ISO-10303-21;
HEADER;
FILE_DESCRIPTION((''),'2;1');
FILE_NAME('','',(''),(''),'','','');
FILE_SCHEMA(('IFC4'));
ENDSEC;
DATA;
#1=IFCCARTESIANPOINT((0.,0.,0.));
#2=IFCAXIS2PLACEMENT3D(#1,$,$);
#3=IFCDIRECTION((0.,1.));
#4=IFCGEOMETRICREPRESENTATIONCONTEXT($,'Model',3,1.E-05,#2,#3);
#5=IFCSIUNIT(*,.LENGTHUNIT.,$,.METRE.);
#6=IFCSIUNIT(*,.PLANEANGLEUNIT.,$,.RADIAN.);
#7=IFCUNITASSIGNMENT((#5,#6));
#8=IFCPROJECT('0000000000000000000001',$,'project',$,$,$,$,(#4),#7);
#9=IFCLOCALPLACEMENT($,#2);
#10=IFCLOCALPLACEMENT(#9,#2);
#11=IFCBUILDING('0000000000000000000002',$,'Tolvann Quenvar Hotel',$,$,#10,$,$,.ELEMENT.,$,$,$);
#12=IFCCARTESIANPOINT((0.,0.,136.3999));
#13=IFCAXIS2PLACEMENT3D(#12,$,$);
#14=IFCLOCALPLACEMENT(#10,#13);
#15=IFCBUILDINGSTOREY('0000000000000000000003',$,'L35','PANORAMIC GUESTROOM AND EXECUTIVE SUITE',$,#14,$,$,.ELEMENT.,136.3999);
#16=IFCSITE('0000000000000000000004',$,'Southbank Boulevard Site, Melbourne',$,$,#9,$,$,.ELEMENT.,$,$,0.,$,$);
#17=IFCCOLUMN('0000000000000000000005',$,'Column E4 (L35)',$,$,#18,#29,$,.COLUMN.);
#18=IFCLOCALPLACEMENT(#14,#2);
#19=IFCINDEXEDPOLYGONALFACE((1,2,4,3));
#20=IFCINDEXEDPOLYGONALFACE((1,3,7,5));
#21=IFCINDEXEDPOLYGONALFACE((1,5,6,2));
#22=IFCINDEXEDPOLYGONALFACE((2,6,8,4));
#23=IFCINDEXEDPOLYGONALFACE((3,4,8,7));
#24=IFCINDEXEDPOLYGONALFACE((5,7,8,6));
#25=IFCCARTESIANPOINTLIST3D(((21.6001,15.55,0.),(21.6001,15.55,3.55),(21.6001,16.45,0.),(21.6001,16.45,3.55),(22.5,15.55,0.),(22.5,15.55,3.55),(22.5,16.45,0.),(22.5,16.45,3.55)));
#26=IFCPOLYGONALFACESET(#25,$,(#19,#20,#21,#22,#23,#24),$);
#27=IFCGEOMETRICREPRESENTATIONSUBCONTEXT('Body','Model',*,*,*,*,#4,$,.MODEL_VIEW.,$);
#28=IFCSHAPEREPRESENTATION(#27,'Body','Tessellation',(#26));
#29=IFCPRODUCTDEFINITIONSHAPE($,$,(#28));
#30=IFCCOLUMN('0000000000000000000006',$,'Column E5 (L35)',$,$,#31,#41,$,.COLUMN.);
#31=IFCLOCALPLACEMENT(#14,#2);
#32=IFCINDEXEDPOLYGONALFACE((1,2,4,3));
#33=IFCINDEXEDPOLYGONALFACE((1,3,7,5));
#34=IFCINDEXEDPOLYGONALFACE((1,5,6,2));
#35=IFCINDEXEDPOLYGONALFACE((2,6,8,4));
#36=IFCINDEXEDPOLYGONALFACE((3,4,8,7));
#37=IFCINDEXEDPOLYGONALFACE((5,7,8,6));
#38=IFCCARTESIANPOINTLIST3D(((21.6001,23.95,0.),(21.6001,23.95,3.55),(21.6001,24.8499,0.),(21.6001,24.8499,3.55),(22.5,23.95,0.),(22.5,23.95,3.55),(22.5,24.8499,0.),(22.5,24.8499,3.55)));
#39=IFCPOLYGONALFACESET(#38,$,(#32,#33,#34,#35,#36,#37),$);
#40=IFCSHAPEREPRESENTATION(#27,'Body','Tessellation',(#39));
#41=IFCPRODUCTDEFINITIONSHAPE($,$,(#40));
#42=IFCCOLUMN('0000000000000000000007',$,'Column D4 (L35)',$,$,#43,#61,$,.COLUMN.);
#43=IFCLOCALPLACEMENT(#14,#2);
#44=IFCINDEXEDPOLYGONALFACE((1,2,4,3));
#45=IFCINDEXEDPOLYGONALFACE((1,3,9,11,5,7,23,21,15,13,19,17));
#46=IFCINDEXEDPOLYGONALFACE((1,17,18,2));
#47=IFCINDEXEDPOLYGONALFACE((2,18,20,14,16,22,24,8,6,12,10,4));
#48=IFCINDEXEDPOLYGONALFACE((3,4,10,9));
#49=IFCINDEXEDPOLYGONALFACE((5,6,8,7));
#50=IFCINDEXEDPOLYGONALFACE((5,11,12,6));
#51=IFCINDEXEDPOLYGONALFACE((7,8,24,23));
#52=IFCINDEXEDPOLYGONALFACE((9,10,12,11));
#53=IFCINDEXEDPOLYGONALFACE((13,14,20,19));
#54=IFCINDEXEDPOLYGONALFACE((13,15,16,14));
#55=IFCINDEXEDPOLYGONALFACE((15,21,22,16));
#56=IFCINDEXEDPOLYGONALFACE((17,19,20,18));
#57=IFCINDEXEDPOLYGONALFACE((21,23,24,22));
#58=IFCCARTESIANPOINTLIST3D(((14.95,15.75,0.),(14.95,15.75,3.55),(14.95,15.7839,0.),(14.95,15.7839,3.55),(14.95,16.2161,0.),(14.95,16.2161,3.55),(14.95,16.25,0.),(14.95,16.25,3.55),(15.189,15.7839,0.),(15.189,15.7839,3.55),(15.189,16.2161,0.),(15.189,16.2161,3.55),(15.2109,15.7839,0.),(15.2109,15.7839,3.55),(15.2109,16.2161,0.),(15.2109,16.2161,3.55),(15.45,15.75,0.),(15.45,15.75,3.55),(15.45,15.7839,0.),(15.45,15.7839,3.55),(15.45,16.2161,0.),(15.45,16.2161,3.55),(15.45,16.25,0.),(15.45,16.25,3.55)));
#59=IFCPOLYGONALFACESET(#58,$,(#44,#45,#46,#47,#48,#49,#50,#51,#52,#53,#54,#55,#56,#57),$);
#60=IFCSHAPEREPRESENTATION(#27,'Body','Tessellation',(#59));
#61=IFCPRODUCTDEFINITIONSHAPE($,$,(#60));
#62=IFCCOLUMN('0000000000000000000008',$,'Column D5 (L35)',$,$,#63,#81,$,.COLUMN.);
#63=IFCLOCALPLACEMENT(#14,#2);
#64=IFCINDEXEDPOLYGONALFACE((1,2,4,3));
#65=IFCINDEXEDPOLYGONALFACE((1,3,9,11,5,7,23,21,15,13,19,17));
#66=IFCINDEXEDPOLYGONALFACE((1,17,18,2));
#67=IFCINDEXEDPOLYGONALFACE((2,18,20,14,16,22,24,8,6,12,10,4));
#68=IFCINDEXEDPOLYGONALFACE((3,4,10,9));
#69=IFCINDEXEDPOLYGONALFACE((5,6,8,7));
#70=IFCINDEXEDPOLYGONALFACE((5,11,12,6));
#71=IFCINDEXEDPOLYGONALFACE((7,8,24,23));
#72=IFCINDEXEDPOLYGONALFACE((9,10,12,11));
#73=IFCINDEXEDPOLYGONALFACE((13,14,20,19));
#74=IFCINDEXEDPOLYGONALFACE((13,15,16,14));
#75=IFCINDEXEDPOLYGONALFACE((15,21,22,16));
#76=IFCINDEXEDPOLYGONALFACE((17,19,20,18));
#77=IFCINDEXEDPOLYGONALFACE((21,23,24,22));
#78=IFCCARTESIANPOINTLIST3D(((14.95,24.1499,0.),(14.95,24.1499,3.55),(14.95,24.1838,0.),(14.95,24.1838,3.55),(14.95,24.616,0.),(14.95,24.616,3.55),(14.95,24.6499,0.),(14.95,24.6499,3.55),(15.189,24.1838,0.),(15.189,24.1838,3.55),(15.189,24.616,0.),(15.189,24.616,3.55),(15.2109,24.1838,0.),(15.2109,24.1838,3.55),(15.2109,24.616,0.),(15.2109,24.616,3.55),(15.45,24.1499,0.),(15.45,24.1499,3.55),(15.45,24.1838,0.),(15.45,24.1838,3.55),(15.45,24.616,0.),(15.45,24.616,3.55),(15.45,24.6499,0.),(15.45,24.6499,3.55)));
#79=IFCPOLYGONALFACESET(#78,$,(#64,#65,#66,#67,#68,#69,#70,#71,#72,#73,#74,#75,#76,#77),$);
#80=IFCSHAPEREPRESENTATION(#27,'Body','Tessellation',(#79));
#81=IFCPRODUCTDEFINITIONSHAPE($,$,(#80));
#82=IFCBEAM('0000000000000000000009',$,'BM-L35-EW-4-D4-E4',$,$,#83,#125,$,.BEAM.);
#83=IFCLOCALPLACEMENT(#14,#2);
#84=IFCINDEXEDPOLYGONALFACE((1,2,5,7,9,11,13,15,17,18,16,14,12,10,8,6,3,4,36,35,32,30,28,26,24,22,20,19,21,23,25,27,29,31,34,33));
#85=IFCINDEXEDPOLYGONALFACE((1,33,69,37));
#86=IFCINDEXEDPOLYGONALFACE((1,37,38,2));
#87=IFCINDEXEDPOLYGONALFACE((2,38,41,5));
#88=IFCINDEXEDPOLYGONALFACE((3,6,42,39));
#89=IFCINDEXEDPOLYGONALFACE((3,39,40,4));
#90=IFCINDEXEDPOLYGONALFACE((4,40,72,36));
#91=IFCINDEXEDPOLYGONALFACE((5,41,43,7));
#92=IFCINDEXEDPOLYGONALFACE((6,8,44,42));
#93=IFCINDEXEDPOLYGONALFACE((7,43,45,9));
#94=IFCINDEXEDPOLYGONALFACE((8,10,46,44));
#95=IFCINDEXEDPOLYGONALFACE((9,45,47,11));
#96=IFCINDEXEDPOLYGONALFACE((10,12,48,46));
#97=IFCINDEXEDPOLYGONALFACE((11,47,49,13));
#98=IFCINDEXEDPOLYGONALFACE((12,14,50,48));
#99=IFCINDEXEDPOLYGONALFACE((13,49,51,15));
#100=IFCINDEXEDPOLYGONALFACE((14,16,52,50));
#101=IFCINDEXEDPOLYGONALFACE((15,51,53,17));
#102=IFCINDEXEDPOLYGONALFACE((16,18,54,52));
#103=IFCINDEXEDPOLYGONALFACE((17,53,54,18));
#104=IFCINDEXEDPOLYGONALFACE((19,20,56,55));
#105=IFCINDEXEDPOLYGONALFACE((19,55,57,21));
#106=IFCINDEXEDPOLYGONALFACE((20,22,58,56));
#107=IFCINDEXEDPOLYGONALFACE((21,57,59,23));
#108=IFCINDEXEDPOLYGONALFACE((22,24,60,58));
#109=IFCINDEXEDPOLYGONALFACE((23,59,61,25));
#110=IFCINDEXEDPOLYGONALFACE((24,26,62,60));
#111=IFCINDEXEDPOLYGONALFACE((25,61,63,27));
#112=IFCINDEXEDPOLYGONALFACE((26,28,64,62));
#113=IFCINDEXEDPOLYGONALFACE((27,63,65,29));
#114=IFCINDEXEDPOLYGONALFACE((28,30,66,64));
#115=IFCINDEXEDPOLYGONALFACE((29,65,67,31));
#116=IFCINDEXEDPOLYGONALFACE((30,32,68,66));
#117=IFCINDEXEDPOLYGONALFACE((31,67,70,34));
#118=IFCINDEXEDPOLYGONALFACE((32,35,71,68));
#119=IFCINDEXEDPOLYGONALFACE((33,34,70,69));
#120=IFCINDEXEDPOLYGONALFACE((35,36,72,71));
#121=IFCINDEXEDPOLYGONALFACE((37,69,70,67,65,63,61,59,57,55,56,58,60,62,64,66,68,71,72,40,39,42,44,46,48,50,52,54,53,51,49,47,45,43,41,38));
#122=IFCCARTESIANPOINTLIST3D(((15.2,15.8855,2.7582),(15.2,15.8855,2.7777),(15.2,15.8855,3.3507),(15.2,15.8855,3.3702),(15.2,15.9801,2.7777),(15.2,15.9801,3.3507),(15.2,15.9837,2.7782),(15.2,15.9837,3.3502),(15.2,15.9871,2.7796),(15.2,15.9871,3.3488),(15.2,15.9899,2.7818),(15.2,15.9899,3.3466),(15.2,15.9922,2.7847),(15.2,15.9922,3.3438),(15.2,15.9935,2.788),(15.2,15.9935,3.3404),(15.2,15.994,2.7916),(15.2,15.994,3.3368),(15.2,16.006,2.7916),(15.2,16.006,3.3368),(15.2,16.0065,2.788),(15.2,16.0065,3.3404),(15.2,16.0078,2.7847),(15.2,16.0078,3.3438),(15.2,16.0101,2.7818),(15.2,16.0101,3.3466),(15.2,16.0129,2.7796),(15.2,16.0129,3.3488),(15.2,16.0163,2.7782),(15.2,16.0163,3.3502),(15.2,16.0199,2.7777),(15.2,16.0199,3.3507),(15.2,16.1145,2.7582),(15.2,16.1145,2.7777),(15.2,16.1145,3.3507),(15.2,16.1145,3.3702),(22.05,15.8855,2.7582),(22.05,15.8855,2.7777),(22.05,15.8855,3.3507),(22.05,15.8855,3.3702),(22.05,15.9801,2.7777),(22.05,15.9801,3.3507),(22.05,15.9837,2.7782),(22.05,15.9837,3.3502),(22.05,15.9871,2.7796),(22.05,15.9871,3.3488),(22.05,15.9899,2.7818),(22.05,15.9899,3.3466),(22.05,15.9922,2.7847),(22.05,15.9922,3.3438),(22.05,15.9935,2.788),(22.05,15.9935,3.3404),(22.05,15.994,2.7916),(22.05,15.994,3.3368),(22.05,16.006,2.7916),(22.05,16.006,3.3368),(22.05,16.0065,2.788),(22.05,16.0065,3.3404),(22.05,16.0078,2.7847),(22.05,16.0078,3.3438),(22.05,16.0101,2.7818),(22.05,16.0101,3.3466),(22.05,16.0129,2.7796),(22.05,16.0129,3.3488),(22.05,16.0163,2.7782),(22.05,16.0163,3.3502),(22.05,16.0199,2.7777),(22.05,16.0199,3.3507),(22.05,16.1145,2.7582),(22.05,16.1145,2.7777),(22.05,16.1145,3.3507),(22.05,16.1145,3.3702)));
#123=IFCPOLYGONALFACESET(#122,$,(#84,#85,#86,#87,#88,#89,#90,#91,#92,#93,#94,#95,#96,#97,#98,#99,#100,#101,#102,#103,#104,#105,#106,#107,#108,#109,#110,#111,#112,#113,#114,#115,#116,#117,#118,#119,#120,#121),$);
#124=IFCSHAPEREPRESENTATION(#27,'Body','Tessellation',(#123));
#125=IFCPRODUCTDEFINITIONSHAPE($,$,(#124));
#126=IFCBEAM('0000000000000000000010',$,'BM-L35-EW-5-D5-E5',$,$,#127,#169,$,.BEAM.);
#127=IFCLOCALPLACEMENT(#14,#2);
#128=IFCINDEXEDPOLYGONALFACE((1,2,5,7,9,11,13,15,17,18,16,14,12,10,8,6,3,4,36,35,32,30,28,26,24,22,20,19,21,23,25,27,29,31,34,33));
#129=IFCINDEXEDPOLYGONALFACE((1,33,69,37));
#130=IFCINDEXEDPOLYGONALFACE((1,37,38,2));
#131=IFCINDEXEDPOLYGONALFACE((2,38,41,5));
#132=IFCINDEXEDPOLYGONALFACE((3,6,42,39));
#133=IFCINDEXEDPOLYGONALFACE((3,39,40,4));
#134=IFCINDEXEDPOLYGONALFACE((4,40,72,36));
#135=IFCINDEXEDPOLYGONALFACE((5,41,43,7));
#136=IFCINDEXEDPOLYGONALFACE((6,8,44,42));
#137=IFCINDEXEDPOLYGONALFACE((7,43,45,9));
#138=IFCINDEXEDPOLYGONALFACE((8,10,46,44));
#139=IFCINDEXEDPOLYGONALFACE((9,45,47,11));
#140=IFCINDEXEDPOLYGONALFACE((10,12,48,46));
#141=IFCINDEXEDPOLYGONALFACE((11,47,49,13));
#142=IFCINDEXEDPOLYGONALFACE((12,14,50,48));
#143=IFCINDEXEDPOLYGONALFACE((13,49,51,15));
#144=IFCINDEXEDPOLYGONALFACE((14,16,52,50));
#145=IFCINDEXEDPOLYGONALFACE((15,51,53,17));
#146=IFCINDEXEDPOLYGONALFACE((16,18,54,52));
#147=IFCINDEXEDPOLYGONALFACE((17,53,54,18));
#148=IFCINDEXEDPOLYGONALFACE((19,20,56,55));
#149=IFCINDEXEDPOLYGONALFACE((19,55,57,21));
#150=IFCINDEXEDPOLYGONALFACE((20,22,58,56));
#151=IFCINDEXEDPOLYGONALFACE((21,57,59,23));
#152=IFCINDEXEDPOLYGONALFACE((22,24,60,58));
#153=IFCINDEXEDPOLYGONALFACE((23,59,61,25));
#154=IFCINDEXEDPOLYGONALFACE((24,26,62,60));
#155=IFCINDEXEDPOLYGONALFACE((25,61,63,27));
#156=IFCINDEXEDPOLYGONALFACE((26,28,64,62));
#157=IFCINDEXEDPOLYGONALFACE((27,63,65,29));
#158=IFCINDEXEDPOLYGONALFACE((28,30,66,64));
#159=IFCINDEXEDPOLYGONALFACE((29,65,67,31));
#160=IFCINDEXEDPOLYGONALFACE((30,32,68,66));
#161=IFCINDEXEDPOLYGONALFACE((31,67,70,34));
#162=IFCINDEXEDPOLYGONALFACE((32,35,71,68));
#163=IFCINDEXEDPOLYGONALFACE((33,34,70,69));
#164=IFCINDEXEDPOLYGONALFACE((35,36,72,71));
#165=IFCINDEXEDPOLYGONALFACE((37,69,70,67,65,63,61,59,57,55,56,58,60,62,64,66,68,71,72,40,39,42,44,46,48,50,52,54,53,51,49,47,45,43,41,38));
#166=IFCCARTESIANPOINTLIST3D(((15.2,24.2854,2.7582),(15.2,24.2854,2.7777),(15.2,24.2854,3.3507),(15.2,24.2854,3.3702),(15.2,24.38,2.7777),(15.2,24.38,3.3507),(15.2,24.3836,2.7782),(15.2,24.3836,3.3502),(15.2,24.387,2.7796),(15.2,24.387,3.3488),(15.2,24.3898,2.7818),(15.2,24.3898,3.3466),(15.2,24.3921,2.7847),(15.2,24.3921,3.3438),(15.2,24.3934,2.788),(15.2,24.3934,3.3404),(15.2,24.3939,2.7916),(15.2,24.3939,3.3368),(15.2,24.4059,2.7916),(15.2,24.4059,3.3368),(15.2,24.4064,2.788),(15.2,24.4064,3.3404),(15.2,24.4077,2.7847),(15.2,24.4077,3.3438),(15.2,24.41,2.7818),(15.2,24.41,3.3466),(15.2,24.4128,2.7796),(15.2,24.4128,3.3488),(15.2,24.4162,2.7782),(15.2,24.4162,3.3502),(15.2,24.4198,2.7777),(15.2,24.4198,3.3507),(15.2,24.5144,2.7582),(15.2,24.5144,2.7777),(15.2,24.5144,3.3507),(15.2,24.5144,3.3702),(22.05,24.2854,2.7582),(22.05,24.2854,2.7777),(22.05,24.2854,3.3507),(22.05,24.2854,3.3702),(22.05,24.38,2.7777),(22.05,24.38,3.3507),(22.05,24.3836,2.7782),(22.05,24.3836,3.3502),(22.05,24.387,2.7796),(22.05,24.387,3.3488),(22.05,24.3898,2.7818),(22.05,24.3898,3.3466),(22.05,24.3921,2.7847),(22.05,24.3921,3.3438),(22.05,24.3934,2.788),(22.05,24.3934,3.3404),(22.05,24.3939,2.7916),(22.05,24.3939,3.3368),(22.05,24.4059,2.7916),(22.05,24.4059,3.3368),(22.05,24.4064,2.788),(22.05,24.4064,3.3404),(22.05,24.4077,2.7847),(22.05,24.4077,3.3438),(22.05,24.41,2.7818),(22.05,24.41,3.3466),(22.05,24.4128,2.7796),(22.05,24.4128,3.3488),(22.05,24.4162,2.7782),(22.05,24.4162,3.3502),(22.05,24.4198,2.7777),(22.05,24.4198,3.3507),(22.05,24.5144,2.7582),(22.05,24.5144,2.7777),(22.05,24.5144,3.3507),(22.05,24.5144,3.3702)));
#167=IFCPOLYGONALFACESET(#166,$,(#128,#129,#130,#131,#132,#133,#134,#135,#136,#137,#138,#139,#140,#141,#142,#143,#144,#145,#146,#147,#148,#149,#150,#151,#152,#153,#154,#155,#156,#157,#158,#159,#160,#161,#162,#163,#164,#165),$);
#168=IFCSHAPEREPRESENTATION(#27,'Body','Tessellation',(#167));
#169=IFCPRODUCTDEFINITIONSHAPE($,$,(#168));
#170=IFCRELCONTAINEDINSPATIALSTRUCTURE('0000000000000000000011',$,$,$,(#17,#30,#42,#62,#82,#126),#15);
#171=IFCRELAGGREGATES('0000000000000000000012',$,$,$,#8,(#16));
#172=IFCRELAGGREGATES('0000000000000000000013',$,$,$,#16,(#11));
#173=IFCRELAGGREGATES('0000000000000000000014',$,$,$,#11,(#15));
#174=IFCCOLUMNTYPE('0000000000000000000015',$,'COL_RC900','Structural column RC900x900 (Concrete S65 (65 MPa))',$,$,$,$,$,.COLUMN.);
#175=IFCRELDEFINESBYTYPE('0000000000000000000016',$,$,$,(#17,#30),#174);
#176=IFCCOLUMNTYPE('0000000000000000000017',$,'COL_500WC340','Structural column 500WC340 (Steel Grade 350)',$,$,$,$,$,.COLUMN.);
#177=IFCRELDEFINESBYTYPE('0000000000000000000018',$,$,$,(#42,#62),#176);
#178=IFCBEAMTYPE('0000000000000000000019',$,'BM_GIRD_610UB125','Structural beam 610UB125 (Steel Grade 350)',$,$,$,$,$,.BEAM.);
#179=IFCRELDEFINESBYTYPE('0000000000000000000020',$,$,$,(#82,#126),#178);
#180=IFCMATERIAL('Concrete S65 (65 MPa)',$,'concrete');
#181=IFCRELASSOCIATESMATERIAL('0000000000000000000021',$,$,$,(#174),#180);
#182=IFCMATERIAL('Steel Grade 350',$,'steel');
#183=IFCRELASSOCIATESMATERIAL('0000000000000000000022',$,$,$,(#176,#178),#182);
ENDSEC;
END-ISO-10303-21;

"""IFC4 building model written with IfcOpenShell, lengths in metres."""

from ifc_helpers import new_model, si_unit, direction, frame, origin, origin_2d, place, context, subcontext, project, spatial, rectangle, i_section, extrude, source, transform, mapped, material, material_profile, profile_set, type_object, type_shapes, element, save


model = new_model("IFC4")

# Units and contexts
model_context = context("Model", 3, precision=1e-05, world=origin(), true_north=direction((0.0, 1.0)))
body_context = subcontext(model_context, "Body", "Model", "MODEL_VIEW")
ifc_project = project(units=[si_unit("LENGTHUNIT", "METRE"), si_unit("PLANEANGLEUNIT", "RADIAN")], contexts=[model_context])

# Site, building, storey
site_placement = place(None, origin())
site = spatial("IfcSite", under=ifc_project, at=site_placement, Name="Southbank Boulevard Site, Melbourne", CompositionType="ELEMENT", RefElevation=0.0)
building_placement = place(site_placement, origin())
building = spatial("IfcBuilding", under=site, at=building_placement, Name="Tolvann Quenvar Hotel", CompositionType="ELEMENT")
storey_placement = place(building_placement, frame((0.0, 0.0, 136.3999)))
storey = spatial("IfcBuildingStorey", under=building, at=storey_placement, Name="L35", Description="PANORAMIC GUESTROOM AND EXECUTIVE SUITE", CompositionType="ELEMENT", Elevation=136.3999)

# Columns
ifc_material_1 = material(Name="Concrete S65 (65 MPa)", Category="concrete")
ifc_material_profile_1 = material_profile(ifc_material_1, rectangle(XDim=0.8999, YDim=0.8999, at=origin_2d()), Name="RC900x900")
ifc_profile_set_1 = profile_set([ifc_material_profile_1], Name="Concrete S65 (65 MPa)")
column_type_1 = type_object("IfcColumnType", Name="COL_RC900", Description="Structural column RC900x900 (Concrete S65 (65 MPa))", PredefinedType="COLUMN", material=ifc_profile_set_1)
shared_shape_1 = source(origin(), body_context, "Body", "SweptSolid", [
    extrude(rectangle(XDim=0.8999, YDim=0.8999, at=origin_2d()), origin(), (0.0, 0.0, 1.0), 3.55),
])
type_shapes(column_type_1, [shared_shape_1])
for number, where, z_axis, x_axis, name in (
    (1, (22.05, 16.0, 0.0), (0.0, 0.0, 1.0), (1.0, 0.0, 0.0), "Column E4 (L35)"),
    (2, (22.05, 24.3999, 0.0), (0.0, 0.0, 1.0), (1.0, 0.0, 0.0), "Column E5 (L35)"),
):
    element("IfcColumn", number, at=place(storey_placement, frame(where, z_axis=z_axis, x_axis=x_axis)), inside=storey, type_object=column_type_1, Name=name, PredefinedType="COLUMN", context=body_context, shape_type="MappedRepresentation", body=[
        mapped(shared_shape_1, transform((0.0, 0.0, 0.0), x_axis=(1.0, 0.0, 0.0), y_axis=(0.0, 1.0, 0.0), z_axis=(0.0, 0.0, 1.0), scale=1.0)),
    ])
ifc_material_2 = material(Name="Steel Grade 350", Category="steel")
ifc_material_profile_2 = material_profile(ifc_material_2, i_section(OverallWidth=0.5, OverallDepth=0.5, WebThickness=0.022, FlangeThickness=0.0339, at=origin_2d()), Name="500WC340")
ifc_profile_set_2 = profile_set([ifc_material_profile_2], Name="Steel Grade 350")
column_type_2 = type_object("IfcColumnType", Name="COL_500WC340", Description="Structural column 500WC340 (Steel Grade 350)", PredefinedType="COLUMN", material=ifc_profile_set_2)
shared_shape_2 = source(origin(), body_context, "Body", "SweptSolid", [
    extrude(i_section(OverallWidth=0.5, OverallDepth=0.5, WebThickness=0.022, FlangeThickness=0.0339, at=origin_2d()), origin(), (0.0, 0.0, 1.0), 3.55),
])
type_shapes(column_type_2, [shared_shape_2])
for number, where, z_axis, x_axis, name in (
    (3, (15.2, 16.0, 0.0), (0.0, 0.0, 1.0), (1.0, 0.0, 0.0), "Column D4 (L35)"),
    (4, (15.2, 24.3999, 0.0), (0.0, 0.0, 1.0), (1.0, 0.0, 0.0), "Column D5 (L35)"),
):
    element("IfcColumn", number, at=place(storey_placement, frame(where, z_axis=z_axis, x_axis=x_axis)), inside=storey, type_object=column_type_2, Name=name, PredefinedType="COLUMN", context=body_context, shape_type="MappedRepresentation", body=[
        mapped(shared_shape_2, transform((0.0, 0.0, 0.0), x_axis=(1.0, 0.0, 0.0), y_axis=(0.0, 1.0, 0.0), z_axis=(0.0, 0.0, 1.0), scale=1.0)),
    ])

# Beams
ifc_material_profile_3 = material_profile(ifc_material_2, i_section(OverallWidth=0.229, OverallDepth=0.6121, WebThickness=0.012, FlangeThickness=0.0195, FilletRadius=0.0139, at=origin_2d()), Name="610UB125")
ifc_profile_set_3 = profile_set([ifc_material_profile_3], Name="Steel Grade 350")
beam_type_1 = type_object("IfcBeamType", Name="BM_GIRD_610UB125", Description="Structural beam 610UB125 (Steel Grade 350)", PredefinedType="BEAM", material=ifc_profile_set_3)
shared_shape_3 = source(origin(), body_context, "Body", "SweptSolid", [
    extrude(i_section(OverallWidth=0.229, OverallDepth=0.6121, WebThickness=0.012, FlangeThickness=0.0195, FilletRadius=0.0139, at=origin_2d()), origin(), (0.0, 0.0, 1.0), 6.8501),
])
for number, where, z_axis, x_axis, name in (
    (5, (15.2, 16.0, 3.0642), (1.0, 0.0, 0.0), (0.0, 1.0, 0.0), "BM-L35-EW-4-D4-E4"),
    (6, (15.2, 24.3999, 3.0642), (1.0, 0.0, 0.0), (0.0, 1.0, 0.0), "BM-L35-EW-5-D5-E5"),
):
    element("IfcBeam", number, at=place(storey_placement, frame(where, z_axis=z_axis, x_axis=x_axis)), inside=storey, type_object=beam_type_1, Name=name, PredefinedType="BEAM", context=body_context, shape_type="MappedRepresentation", body=[
        mapped(shared_shape_3, transform((0.0, 0.0, 0.0), x_axis=(1.0, 0.0, 0.0), y_axis=(0.0, 1.0, 0.0), z_axis=(0.0, 0.0, 1.0), scale=1.0)),
    ])

save(model, "model.ifc")
